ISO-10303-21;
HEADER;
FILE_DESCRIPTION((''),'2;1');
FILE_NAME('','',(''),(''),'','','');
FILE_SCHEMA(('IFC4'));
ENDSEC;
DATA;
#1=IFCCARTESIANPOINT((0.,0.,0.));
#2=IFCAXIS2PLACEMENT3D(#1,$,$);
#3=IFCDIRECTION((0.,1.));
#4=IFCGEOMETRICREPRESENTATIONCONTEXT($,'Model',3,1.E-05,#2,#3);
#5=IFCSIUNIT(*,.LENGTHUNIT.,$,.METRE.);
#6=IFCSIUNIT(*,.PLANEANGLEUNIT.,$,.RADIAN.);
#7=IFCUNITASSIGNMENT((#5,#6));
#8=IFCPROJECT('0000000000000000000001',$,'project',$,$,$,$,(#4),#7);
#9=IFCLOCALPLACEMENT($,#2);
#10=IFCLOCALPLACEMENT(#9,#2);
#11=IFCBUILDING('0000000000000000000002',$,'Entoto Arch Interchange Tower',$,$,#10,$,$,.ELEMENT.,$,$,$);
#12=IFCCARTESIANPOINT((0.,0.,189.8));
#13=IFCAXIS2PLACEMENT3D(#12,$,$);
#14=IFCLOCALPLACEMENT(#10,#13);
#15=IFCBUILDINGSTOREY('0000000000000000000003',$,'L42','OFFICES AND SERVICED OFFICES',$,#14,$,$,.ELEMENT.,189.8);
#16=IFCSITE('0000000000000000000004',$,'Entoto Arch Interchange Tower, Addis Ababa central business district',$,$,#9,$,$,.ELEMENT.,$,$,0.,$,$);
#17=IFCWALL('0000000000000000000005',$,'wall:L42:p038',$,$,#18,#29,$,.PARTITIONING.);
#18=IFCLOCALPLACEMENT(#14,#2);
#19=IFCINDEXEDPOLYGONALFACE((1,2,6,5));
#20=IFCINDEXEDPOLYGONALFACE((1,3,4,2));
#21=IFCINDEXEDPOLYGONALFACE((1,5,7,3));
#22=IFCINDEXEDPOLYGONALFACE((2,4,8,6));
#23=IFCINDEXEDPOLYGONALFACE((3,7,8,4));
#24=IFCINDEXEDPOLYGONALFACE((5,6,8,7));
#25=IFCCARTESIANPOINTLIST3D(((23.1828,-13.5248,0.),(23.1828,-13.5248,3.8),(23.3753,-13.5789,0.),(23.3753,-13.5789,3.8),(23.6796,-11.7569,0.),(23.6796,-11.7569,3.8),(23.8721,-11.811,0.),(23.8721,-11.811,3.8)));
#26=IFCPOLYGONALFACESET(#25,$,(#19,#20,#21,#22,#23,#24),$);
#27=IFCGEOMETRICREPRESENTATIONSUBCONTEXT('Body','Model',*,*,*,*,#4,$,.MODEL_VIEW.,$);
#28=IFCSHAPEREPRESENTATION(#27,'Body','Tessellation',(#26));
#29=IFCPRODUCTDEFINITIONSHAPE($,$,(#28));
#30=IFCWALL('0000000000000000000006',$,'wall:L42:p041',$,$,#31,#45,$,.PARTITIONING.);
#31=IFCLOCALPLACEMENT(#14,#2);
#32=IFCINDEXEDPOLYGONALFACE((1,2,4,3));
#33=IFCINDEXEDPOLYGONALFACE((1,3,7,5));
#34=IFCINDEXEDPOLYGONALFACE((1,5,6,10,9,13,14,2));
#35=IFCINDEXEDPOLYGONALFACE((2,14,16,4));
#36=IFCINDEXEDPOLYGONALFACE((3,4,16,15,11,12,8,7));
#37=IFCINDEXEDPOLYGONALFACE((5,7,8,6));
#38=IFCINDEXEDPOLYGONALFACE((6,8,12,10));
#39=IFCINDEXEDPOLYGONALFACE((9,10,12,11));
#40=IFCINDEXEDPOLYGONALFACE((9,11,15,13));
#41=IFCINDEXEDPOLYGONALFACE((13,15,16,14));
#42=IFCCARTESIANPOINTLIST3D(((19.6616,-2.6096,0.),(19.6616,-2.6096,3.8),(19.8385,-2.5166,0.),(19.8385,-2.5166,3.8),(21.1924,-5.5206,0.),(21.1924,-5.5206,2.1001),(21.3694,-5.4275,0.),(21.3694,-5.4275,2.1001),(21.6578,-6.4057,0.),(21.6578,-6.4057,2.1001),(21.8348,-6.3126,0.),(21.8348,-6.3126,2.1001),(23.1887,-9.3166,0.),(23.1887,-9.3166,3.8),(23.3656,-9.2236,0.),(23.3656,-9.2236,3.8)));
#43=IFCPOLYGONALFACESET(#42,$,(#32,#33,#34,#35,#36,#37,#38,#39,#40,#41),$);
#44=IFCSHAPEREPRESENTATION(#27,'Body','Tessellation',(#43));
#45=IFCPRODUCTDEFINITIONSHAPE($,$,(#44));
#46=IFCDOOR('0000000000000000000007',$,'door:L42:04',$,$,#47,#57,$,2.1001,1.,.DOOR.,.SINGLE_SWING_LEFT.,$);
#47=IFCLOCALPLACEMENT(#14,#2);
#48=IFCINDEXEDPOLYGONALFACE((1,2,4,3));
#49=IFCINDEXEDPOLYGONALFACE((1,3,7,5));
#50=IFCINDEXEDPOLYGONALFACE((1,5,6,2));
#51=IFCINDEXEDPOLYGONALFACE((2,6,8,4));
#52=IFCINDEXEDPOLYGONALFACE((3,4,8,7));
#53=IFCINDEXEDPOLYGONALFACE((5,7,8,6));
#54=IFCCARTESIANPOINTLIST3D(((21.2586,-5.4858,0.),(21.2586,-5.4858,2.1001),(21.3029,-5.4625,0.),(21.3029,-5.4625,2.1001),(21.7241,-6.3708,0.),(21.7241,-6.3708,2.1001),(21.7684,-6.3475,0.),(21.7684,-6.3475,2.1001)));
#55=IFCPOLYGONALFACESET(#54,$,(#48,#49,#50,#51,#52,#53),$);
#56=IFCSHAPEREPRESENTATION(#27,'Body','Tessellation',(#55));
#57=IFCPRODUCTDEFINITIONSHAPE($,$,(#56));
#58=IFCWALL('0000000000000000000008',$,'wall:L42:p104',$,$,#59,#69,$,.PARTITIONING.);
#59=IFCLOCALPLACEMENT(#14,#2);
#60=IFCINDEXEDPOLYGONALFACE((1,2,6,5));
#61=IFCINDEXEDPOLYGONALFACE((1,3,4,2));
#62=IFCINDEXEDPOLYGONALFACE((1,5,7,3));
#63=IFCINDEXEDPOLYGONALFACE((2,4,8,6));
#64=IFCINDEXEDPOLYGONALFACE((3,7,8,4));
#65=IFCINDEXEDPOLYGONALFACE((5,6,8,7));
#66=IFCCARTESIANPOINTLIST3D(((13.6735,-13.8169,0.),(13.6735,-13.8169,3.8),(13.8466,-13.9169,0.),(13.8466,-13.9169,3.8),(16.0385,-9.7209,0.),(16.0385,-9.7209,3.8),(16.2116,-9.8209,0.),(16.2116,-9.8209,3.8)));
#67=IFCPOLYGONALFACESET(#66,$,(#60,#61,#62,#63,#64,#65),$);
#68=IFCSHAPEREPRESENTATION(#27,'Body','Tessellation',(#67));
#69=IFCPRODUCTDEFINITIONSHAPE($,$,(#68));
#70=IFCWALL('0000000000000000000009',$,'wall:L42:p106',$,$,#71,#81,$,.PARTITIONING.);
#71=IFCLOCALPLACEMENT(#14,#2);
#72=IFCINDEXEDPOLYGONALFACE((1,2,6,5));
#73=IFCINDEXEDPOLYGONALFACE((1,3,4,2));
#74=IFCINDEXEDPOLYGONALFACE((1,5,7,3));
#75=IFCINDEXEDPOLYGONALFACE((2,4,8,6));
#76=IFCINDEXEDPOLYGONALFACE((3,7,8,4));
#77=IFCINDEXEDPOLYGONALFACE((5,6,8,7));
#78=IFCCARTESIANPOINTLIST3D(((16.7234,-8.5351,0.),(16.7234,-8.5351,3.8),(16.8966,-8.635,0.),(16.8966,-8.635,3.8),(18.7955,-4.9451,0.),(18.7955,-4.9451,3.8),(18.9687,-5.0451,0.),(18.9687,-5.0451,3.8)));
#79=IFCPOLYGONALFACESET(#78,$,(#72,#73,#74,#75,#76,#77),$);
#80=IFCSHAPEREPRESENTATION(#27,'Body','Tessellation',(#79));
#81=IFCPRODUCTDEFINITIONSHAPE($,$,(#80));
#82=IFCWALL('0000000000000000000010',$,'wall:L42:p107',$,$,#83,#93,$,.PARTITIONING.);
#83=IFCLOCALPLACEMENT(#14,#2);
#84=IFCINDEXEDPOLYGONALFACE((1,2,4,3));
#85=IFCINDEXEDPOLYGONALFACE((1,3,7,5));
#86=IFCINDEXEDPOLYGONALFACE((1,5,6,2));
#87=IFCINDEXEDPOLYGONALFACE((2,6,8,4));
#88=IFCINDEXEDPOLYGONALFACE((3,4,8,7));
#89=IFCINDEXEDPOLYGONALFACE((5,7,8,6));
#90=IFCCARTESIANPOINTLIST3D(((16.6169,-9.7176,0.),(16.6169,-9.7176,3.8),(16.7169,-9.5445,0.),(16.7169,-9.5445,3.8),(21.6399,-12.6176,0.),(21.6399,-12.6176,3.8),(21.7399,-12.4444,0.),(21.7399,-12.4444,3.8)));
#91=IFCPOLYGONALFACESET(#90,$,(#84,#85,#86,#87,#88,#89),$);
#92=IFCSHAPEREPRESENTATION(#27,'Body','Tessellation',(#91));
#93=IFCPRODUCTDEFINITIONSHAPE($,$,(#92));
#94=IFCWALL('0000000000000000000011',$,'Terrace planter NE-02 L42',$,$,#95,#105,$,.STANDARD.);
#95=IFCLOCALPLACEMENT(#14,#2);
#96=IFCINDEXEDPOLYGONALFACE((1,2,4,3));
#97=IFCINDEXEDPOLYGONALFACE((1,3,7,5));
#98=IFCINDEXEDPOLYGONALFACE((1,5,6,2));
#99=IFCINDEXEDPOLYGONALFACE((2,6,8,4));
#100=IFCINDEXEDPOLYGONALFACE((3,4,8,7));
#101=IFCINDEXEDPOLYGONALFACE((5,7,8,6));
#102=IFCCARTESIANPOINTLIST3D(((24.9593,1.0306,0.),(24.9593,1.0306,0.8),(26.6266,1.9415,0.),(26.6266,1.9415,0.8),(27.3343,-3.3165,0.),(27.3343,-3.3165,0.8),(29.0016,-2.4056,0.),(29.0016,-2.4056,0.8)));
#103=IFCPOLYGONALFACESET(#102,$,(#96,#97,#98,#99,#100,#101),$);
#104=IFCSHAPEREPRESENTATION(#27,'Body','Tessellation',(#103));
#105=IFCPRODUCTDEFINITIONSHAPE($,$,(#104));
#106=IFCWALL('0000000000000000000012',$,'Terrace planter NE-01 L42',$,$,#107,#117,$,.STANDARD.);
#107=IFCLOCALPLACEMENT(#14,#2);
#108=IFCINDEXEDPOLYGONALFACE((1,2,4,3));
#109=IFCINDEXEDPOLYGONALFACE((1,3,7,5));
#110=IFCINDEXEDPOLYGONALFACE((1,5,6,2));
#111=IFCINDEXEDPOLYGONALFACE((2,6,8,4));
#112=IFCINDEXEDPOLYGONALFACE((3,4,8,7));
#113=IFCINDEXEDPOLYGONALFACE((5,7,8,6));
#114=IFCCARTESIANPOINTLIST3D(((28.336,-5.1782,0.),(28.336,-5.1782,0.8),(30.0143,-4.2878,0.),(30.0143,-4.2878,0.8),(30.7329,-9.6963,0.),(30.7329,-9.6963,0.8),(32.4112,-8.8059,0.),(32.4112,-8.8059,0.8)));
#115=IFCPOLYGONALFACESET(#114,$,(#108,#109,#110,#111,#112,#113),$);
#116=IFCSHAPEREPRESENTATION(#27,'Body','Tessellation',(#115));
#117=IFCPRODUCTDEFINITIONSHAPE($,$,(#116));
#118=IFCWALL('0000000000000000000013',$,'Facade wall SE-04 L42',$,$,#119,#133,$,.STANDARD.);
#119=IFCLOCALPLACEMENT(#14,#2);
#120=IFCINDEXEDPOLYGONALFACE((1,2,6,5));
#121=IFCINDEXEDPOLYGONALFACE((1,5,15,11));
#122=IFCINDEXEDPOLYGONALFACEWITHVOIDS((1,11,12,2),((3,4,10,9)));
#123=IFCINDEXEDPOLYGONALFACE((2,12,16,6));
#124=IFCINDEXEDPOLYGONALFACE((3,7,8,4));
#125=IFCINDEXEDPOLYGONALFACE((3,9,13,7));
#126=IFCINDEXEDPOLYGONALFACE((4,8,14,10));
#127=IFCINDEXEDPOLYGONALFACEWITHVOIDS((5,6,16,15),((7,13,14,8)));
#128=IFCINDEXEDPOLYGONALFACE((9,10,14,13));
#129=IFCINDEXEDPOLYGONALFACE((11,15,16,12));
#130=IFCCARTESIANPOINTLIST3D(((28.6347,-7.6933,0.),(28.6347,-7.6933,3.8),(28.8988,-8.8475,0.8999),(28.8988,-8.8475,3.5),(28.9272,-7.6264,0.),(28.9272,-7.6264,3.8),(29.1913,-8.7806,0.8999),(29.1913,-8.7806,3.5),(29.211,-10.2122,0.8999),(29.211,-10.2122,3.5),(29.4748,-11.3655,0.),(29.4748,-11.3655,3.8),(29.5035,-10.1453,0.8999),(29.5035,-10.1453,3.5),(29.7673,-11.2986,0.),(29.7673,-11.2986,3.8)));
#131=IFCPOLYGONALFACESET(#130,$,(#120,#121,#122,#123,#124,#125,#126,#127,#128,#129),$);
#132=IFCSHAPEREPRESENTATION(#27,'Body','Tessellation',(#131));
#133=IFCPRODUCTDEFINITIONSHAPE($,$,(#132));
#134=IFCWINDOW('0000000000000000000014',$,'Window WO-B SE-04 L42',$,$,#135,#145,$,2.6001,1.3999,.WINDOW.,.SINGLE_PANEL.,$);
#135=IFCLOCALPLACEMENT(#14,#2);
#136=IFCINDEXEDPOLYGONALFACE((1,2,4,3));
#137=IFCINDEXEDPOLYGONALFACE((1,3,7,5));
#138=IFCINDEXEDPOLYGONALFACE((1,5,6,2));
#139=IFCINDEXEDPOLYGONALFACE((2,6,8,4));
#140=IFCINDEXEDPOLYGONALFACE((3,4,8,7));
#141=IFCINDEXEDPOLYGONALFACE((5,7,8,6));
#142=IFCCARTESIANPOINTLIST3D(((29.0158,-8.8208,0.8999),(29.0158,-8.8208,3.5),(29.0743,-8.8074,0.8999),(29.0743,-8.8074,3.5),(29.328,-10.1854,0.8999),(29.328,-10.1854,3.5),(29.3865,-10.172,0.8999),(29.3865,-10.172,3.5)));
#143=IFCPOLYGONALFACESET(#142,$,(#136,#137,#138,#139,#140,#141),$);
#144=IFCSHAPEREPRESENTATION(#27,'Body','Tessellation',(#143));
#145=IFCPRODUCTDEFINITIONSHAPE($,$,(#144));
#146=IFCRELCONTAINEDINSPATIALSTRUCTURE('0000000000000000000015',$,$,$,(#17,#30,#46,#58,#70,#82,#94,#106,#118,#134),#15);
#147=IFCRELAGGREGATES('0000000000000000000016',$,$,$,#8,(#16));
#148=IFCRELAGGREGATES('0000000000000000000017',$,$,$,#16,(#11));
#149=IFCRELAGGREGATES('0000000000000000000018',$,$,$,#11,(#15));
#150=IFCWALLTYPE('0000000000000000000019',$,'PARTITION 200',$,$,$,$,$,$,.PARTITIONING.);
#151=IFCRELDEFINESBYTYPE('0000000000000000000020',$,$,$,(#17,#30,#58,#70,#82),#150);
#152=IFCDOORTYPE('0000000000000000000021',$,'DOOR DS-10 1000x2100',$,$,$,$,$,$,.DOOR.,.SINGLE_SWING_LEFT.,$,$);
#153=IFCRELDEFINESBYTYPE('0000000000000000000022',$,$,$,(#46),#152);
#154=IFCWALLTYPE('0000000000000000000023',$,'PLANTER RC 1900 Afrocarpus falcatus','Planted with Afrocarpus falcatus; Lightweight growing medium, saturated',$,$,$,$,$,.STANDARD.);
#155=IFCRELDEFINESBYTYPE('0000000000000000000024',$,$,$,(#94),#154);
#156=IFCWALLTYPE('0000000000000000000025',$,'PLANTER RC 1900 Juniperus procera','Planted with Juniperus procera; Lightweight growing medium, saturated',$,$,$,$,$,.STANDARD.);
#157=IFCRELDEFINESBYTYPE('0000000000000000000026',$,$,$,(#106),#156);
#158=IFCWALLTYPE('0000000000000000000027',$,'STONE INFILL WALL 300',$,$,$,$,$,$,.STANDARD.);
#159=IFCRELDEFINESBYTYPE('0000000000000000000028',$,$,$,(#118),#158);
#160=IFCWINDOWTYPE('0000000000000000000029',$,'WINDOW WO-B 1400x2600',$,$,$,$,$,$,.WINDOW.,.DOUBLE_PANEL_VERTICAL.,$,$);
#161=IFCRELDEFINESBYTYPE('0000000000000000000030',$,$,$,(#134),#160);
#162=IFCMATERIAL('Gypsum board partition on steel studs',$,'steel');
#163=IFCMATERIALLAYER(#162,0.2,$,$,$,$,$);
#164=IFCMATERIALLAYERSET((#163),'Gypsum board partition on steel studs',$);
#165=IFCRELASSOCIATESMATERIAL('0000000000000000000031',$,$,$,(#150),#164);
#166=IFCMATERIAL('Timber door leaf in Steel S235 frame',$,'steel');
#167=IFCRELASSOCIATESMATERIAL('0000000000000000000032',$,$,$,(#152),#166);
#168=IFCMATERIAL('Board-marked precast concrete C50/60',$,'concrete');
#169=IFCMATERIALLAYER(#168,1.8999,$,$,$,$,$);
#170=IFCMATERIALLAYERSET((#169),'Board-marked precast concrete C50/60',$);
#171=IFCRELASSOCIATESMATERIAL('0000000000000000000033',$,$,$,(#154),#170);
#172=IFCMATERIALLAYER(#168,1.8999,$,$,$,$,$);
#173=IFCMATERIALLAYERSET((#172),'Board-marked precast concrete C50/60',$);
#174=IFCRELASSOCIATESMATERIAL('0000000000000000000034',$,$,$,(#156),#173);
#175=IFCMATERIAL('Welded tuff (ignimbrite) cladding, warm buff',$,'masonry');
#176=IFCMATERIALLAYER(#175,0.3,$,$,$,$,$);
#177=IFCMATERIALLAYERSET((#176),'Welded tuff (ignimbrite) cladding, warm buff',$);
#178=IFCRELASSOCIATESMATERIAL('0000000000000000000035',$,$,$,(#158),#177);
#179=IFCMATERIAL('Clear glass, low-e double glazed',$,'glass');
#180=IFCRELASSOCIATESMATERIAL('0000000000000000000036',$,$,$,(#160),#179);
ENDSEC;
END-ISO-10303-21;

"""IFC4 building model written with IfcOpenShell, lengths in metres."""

from ifc_helpers import new_model, si_unit, direction, frame, frame_2d, origin, place, context, subcontext, project, spatial, rectangle, extrude, material, layer, layer_set, type_object, element, fill, save


model = new_model("IFC4")

# Units and contexts
model_context = context("Model", 3, precision=1e-05, world=origin(), true_north=direction((0.0, 1.0)))
body_context = subcontext(model_context, "Body", "Model", "MODEL_VIEW")
ifc_project = project(units=[si_unit("LENGTHUNIT", "METRE"), si_unit("PLANEANGLEUNIT", "RADIAN")], contexts=[model_context])

# Site, building, storey
site_placement = place(None, origin())
site = spatial("IfcSite", under=ifc_project, at=site_placement, Name="Entoto Arch Interchange Tower, Addis Ababa central business district", CompositionType="ELEMENT", RefElevation=0.0)
building_placement = place(site_placement, origin())
building = spatial("IfcBuilding", under=site, at=building_placement, Name="Entoto Arch Interchange Tower", CompositionType="ELEMENT")
storey_placement = place(building_placement, frame((0.0, 0.0, 189.8)))
storey = spatial("IfcBuildingStorey", under=building, at=storey_placement, Name="L42", Description="OFFICES AND SERVICED OFFICES", CompositionType="ELEMENT", Elevation=189.8)

# Shared definitions
ifc_material_1 = material(Name="Gypsum board partition on steel studs", Category="steel")
ifc_layer_1 = layer(ifc_material_1, 0.2)
ifc_layer_set_1 = layer_set([ifc_layer_1], Name="Gypsum board partition on steel studs")
wall_type_1 = type_object("IfcWallType", Name="PARTITION 200", PredefinedType="PARTITIONING", material=ifc_layer_set_1)

# Shared definitions
ifc_material_2 = material(Name="Timber door leaf in Steel S235 frame", Category="steel")
door_type = type_object("IfcDoorType", Name="DOOR DS-10 1000x2100", OperationType="SINGLE_SWING_LEFT", PredefinedType="DOOR", material=ifc_material_2)

# Wall
wall_1_placement = place(storey_placement, frame((23.7759, -11.7839, 0.0), z_axis=(0.0, 0.0, 1.0), x_axis=(-0.270522, -0.962714, 0.0)))
element("IfcWall", 1, at=wall_1_placement, inside=storey, type_object=wall_type_1, Name="wall:L42:p038", PredefinedType="PARTITIONING", context=body_context, shape_type="SweptSolid", body=[
    extrude(rectangle(XDim=1.8364, YDim=0.2, at=frame_2d((0.9182, 0.0))), origin(), (0.0, 0.0, 1.0), 3.8),
])

# Wall, opening, door
wall_2_placement = place(storey_placement, frame((19.75, -2.563, 0.0), z_axis=(0.0, 0.0, 1.0), x_axis=(0.465445, -0.885077, 0.0)))
wall_2 = element("IfcWall", 2, at=wall_2_placement, inside=storey, type_object=wall_type_1, Name="wall:L42:p041", PredefinedType="PARTITIONING", context=body_context, shape_type="SweptSolid", body=[
    extrude(rectangle(XDim=7.5779, YDim=0.2, at=frame_2d((3.7891, 0.0))), origin(), (0.0, 0.0, 1.0), 3.8),
])
opening_1_placement = place(wall_2_placement, frame((3.2891, 0.0, 0.0)))
opening_1 = element("IfcOpeningElement", 3, at=opening_1_placement, cuts=wall_2, PredefinedType="OPENING", context=body_context, shape_type="SweptSolid", body=[
    extrude(rectangle(XDim=1.0, YDim=2.1001, at=frame_2d((0.5, 1.05))), frame((0.0, 0.1099, 0.0), z_axis=(0.0, -1.0, 0.0), x_axis=(1.0, 0.0, 0.0)), (0.0, 0.0, 1.0), 0.22),
])
door_1_placement = place(opening_1_placement, origin())
door_1 = element("IfcDoor", 4, at=door_1_placement, inside=storey, type_object=door_type, Name="door:L42:04", OperationType="SINGLE_SWING_LEFT", OverallHeight=2.1001, OverallWidth=1.0, PredefinedType="DOOR", context=body_context, shape_type="SweptSolid", body=[
    extrude(rectangle(XDim=1.0, YDim=2.1001, at=frame_2d((0.5, 1.05))), frame((0.0, 0.0249, 0.0), z_axis=(0.0, -1.0, 0.0), x_axis=(1.0, 0.0, 0.0)), (0.0, 0.0, 1.0), 0.05),
])
fill(opening_1, door_1)

# Walls
wall_3_placement = place(storey_placement, frame((16.125, -9.771, 0.0), z_axis=(0.0, 0.0, 1.0), x_axis=(-0.500031, -0.866008, 0.0)))
element("IfcWall", 5, at=wall_3_placement, inside=storey, type_object=wall_type_1, Name="wall:L42:p104", PredefinedType="PARTITIONING", context=body_context, shape_type="SweptSolid", body=[
    extrude(rectangle(XDim=4.7297, YDim=0.2, at=frame_2d((2.3647, 0.0))), origin(), (0.0, 0.0, 1.0), 3.8),
])
wall_4_placement = place(storey_placement, frame((18.8821, -4.9951, 0.0), z_axis=(0.0, 0.0, 1.0), x_axis=(-0.499896, -0.866086, 0.0)))
element("IfcWall", 6, at=wall_4_placement, inside=storey, type_object=wall_type_1, Name="wall:L42:p106", PredefinedType="PARTITIONING", context=body_context, shape_type="SweptSolid", body=[
    extrude(rectangle(XDim=4.145, YDim=0.2, at=frame_2d((2.0725, 0.0))), origin(), (0.0, 0.0, 1.0), 3.8),
])
wall_5_placement = place(storey_placement, frame((16.667, -9.6311, 0.0), z_axis=(0.0, 0.0, 1.0), x_axis=(0.866033, -0.499987, 0.0)))
element("IfcWall", 7, at=wall_5_placement, inside=storey, type_object=wall_type_1, Name="wall:L42:p107", PredefinedType="PARTITIONING", context=body_context, shape_type="SweptSolid", body=[
    extrude(rectangle(XDim=5.8, YDim=0.2, at=frame_2d((2.8999, 0.0))), origin(), (0.0, 0.0, 1.0), 3.8),
])
ifc_material_3 = material(Name="Board-marked precast concrete C50/60", Category="concrete")
ifc_layer_2 = layer(ifc_material_3, 1.8999)
ifc_layer_set_2 = layer_set([ifc_layer_2], Name="Board-marked precast concrete C50/60")
wall_type_2 = type_object("IfcWallType", Name="PLANTER RC 1900 Afrocarpus falcatus", Description="Planted with Afrocarpus falcatus; Lightweight growing medium, saturated", PredefinedType="STANDARD", material=ifc_layer_set_2)
wall_6_placement = place(storey_placement, frame((28.168, -2.8611, 0.0), z_axis=(0.0, 0.0, 1.0), x_axis=(-0.479446, 0.877571, 0.0)))
element("IfcWall", 8, at=wall_6_placement, inside=storey, type_object=wall_type_2, Name="Terrace planter NE-02 L42", PredefinedType="STANDARD", context=body_context, shape_type="SweptSolid", body=[
    extrude(rectangle(XDim=4.9536, YDim=1.8999, at=frame_2d((2.4768, 0.0))), origin(), (0.0, 0.0, 1.0), 0.8),
])
ifc_layer_3 = layer(ifc_material_3, 1.8999)
ifc_layer_set_3 = layer_set([ifc_layer_3], Name="Board-marked precast concrete C50/60")
wall_type_3 = type_object("IfcWallType", Name="PLANTER RC 1900 Juniperus procera", Description="Planted with Juniperus procera; Lightweight growing medium, saturated", PredefinedType="STANDARD", material=ifc_layer_set_3)
wall_7_placement = place(storey_placement, frame((31.572, -9.251, 0.0), z_axis=(0.0, 0.0, 1.0), x_axis=(-0.46866, 0.883379, 0.0)))
element("IfcWall", 9, at=wall_7_placement, inside=storey, type_object=wall_type_3, Name="Terrace planter NE-01 L42", PredefinedType="STANDARD", context=body_context, shape_type="SweptSolid", body=[
    extrude(rectangle(XDim=5.1145, YDim=1.8999, at=frame_2d((2.5571, 0.0))), origin(), (0.0, 0.0, 1.0), 0.8),
])

# Wall, opening, window
ifc_material_4 = material(Name="Welded tuff (ignimbrite) cladding, warm buff", Category="masonry")
ifc_layer_4 = layer(ifc_material_4, 0.3)
ifc_layer_set_4 = layer_set([ifc_layer_4], Name="Welded tuff (ignimbrite) cladding, warm buff")
wall_type_4 = type_object("IfcWallType", Name="STONE INFILL WALL 300", PredefinedType="STANDARD", material=ifc_layer_set_4)
wall_8_placement = place(storey_placement, frame((29.6211, -11.332, 0.0), z_axis=(0.0, 0.0, 1.0), x_axis=(-0.223013, 0.974815, 0.0)))
wall_8 = element("IfcWall", 10, at=wall_8_placement, inside=storey, type_object=wall_type_4, Name="Facade wall SE-04 L42", PredefinedType="STANDARD", context=body_context, shape_type="SweptSolid", body=[
    extrude(rectangle(XDim=3.7671, YDim=0.3, at=frame_2d((1.8835, 0.0))), origin(), (0.0, 0.0, 1.0), 3.8),
])
opening_2_placement = place(wall_8_placement, frame((1.1831, 0.0, 0.8999)))
opening_2 = element("IfcOpeningElement", 11, at=opening_2_placement, cuts=wall_8, PredefinedType="OPENING", context=body_context, shape_type="SweptSolid", body=[
    extrude(rectangle(XDim=1.3999, YDim=2.6001, at=frame_2d((0.7, 1.3))), frame((0.0, 0.1602, 0.0), z_axis=(0.0, -1.0, 0.0), x_axis=(1.0, 0.0, 0.0)), (0.0, 0.0, 1.0), 0.3201),
])
ifc_material_5 = material(Name="Clear glass, low-e double glazed", Category="glass")
window_type_1 = type_object("IfcWindowType", Name="WINDOW WO-B 1400x2600", PartitioningType="DOUBLE_PANEL_VERTICAL", PredefinedType="WINDOW", material=ifc_material_5)
window_1_placement = place(opening_2_placement, origin())
window_1 = element("IfcWindow", 12, at=window_1_placement, inside=storey, type_object=window_type_1, Name="Window WO-B SE-04 L42", OverallHeight=2.6001, OverallWidth=1.3999, PartitioningType="SINGLE_PANEL", PredefinedType="WINDOW", context=body_context, shape_type="SweptSolid", body=[
    extrude(rectangle(XDim=1.3999, YDim=2.6001, at=frame_2d((0.7, 1.3))), frame((0.0, 0.03, 0.0), z_axis=(0.0, -1.0, 0.0), x_axis=(1.0, 0.0, 0.0)), (0.0, 0.0, 1.0), 0.0601),
])
fill(opening_2, window_1)

save(model, "model.ifc")
